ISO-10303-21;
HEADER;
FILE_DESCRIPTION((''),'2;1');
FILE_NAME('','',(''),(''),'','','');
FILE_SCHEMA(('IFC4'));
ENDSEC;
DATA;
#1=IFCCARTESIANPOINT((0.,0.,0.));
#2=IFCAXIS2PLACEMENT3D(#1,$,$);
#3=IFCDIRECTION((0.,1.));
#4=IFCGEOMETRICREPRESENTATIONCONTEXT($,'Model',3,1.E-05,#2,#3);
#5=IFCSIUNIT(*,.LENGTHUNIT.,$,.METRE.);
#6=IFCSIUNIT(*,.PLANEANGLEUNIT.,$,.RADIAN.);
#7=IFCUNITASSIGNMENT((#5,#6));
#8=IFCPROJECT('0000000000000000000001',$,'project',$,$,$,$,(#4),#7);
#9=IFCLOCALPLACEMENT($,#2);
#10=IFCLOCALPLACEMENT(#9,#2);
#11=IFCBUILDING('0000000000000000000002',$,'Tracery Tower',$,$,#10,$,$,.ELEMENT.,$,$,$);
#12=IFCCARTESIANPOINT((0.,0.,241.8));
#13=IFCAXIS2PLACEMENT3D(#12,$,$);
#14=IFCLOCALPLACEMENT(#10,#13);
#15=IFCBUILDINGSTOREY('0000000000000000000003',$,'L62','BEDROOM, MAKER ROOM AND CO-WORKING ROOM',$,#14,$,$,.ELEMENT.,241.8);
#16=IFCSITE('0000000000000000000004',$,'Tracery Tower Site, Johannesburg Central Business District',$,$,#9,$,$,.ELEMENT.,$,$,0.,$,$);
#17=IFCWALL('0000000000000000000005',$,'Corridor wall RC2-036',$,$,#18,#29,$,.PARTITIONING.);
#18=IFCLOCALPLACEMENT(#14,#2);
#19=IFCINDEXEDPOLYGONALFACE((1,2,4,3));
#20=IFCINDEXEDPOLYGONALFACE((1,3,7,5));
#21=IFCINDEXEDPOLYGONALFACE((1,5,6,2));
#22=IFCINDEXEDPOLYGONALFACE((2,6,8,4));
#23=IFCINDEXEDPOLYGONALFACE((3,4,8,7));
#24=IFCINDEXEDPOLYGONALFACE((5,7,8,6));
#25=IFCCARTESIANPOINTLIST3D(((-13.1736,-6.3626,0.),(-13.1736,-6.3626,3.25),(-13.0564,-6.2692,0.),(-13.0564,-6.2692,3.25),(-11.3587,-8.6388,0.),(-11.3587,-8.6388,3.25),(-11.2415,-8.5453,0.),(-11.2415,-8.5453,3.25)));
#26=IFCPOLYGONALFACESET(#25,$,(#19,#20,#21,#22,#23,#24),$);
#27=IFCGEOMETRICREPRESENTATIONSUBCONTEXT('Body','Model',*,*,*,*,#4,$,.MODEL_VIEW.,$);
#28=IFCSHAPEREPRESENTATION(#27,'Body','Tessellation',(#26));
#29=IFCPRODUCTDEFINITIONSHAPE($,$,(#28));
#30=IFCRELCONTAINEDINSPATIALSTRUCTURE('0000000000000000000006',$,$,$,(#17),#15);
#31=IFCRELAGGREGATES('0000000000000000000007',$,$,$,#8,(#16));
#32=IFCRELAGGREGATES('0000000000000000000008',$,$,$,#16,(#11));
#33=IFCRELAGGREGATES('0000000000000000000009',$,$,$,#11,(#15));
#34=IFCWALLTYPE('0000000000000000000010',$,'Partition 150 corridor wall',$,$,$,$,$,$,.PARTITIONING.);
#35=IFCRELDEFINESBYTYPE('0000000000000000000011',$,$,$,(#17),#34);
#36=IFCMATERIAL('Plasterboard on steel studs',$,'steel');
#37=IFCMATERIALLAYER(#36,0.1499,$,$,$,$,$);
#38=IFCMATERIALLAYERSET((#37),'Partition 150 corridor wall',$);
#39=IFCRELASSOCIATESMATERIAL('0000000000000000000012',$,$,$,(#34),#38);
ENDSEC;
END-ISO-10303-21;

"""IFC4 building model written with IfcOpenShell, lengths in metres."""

from ifc_helpers import new_model, si_unit, direction, frame, frame_2d, origin, place, context, subcontext, project, spatial, rectangle, extrude, material, layer, layer_set, type_object, element, save


model = new_model("IFC4")

# Units and contexts
model_context = context("Model", 3, precision=1e-05, world=origin(), true_north=direction((0.0, 1.0)))
body_context = subcontext(model_context, "Body", "Model", "MODEL_VIEW")
ifc_project = project(units=[si_unit("LENGTHUNIT", "METRE"), si_unit("PLANEANGLEUNIT", "RADIAN")], contexts=[model_context])

# Site, building, storey
site_placement = place(None, origin())
site = spatial("IfcSite", under=ifc_project, at=site_placement, Name="Tracery Tower Site, Johannesburg Central Business District", CompositionType="ELEMENT", RefElevation=0.0)
building_placement = place(site_placement, origin())
building = spatial("IfcBuilding", under=site, at=building_placement, Name="Tracery Tower", CompositionType="ELEMENT")
storey_placement = place(building_placement, frame((0.0, 0.0, 241.8)))
storey = spatial("IfcBuildingStorey", under=building, at=storey_placement, Name="L62", Description="BEDROOM, MAKER ROOM AND CO-WORKING ROOM", CompositionType="ELEMENT", Elevation=241.8)

# Wall
ifc_material_1 = material(Name="Plasterboard on steel studs", Category="steel")
ifc_layer_1 = layer(ifc_material_1, 0.1499)
ifc_layer_set_1 = layer_set([ifc_layer_1], Name="Partition 150 corridor wall")
wall_type_1 = type_object("IfcWallType", Name="Partition 150 corridor wall", PredefinedType="PARTITIONING", material=ifc_layer_set_1)
wall_1_placement = place(storey_placement, frame((-13.115, -6.3159, 0.0), z_axis=(0.0, 0.0, 1.0), x_axis=(0.623447, -0.781866, 0.0)))
element("IfcWall", 1, at=wall_1_placement, inside=storey, type_object=wall_type_1, Name="Corridor wall RC2-036", PredefinedType="PARTITIONING", context=body_context, shape_type="SweptSolid", body=[
    extrude(rectangle(XDim=2.9111, YDim=0.1499, at=frame_2d((1.4556, 0.0))), origin(), (0.0, 0.0, 1.0), 3.25),
])

save(model, "model.ifc")
